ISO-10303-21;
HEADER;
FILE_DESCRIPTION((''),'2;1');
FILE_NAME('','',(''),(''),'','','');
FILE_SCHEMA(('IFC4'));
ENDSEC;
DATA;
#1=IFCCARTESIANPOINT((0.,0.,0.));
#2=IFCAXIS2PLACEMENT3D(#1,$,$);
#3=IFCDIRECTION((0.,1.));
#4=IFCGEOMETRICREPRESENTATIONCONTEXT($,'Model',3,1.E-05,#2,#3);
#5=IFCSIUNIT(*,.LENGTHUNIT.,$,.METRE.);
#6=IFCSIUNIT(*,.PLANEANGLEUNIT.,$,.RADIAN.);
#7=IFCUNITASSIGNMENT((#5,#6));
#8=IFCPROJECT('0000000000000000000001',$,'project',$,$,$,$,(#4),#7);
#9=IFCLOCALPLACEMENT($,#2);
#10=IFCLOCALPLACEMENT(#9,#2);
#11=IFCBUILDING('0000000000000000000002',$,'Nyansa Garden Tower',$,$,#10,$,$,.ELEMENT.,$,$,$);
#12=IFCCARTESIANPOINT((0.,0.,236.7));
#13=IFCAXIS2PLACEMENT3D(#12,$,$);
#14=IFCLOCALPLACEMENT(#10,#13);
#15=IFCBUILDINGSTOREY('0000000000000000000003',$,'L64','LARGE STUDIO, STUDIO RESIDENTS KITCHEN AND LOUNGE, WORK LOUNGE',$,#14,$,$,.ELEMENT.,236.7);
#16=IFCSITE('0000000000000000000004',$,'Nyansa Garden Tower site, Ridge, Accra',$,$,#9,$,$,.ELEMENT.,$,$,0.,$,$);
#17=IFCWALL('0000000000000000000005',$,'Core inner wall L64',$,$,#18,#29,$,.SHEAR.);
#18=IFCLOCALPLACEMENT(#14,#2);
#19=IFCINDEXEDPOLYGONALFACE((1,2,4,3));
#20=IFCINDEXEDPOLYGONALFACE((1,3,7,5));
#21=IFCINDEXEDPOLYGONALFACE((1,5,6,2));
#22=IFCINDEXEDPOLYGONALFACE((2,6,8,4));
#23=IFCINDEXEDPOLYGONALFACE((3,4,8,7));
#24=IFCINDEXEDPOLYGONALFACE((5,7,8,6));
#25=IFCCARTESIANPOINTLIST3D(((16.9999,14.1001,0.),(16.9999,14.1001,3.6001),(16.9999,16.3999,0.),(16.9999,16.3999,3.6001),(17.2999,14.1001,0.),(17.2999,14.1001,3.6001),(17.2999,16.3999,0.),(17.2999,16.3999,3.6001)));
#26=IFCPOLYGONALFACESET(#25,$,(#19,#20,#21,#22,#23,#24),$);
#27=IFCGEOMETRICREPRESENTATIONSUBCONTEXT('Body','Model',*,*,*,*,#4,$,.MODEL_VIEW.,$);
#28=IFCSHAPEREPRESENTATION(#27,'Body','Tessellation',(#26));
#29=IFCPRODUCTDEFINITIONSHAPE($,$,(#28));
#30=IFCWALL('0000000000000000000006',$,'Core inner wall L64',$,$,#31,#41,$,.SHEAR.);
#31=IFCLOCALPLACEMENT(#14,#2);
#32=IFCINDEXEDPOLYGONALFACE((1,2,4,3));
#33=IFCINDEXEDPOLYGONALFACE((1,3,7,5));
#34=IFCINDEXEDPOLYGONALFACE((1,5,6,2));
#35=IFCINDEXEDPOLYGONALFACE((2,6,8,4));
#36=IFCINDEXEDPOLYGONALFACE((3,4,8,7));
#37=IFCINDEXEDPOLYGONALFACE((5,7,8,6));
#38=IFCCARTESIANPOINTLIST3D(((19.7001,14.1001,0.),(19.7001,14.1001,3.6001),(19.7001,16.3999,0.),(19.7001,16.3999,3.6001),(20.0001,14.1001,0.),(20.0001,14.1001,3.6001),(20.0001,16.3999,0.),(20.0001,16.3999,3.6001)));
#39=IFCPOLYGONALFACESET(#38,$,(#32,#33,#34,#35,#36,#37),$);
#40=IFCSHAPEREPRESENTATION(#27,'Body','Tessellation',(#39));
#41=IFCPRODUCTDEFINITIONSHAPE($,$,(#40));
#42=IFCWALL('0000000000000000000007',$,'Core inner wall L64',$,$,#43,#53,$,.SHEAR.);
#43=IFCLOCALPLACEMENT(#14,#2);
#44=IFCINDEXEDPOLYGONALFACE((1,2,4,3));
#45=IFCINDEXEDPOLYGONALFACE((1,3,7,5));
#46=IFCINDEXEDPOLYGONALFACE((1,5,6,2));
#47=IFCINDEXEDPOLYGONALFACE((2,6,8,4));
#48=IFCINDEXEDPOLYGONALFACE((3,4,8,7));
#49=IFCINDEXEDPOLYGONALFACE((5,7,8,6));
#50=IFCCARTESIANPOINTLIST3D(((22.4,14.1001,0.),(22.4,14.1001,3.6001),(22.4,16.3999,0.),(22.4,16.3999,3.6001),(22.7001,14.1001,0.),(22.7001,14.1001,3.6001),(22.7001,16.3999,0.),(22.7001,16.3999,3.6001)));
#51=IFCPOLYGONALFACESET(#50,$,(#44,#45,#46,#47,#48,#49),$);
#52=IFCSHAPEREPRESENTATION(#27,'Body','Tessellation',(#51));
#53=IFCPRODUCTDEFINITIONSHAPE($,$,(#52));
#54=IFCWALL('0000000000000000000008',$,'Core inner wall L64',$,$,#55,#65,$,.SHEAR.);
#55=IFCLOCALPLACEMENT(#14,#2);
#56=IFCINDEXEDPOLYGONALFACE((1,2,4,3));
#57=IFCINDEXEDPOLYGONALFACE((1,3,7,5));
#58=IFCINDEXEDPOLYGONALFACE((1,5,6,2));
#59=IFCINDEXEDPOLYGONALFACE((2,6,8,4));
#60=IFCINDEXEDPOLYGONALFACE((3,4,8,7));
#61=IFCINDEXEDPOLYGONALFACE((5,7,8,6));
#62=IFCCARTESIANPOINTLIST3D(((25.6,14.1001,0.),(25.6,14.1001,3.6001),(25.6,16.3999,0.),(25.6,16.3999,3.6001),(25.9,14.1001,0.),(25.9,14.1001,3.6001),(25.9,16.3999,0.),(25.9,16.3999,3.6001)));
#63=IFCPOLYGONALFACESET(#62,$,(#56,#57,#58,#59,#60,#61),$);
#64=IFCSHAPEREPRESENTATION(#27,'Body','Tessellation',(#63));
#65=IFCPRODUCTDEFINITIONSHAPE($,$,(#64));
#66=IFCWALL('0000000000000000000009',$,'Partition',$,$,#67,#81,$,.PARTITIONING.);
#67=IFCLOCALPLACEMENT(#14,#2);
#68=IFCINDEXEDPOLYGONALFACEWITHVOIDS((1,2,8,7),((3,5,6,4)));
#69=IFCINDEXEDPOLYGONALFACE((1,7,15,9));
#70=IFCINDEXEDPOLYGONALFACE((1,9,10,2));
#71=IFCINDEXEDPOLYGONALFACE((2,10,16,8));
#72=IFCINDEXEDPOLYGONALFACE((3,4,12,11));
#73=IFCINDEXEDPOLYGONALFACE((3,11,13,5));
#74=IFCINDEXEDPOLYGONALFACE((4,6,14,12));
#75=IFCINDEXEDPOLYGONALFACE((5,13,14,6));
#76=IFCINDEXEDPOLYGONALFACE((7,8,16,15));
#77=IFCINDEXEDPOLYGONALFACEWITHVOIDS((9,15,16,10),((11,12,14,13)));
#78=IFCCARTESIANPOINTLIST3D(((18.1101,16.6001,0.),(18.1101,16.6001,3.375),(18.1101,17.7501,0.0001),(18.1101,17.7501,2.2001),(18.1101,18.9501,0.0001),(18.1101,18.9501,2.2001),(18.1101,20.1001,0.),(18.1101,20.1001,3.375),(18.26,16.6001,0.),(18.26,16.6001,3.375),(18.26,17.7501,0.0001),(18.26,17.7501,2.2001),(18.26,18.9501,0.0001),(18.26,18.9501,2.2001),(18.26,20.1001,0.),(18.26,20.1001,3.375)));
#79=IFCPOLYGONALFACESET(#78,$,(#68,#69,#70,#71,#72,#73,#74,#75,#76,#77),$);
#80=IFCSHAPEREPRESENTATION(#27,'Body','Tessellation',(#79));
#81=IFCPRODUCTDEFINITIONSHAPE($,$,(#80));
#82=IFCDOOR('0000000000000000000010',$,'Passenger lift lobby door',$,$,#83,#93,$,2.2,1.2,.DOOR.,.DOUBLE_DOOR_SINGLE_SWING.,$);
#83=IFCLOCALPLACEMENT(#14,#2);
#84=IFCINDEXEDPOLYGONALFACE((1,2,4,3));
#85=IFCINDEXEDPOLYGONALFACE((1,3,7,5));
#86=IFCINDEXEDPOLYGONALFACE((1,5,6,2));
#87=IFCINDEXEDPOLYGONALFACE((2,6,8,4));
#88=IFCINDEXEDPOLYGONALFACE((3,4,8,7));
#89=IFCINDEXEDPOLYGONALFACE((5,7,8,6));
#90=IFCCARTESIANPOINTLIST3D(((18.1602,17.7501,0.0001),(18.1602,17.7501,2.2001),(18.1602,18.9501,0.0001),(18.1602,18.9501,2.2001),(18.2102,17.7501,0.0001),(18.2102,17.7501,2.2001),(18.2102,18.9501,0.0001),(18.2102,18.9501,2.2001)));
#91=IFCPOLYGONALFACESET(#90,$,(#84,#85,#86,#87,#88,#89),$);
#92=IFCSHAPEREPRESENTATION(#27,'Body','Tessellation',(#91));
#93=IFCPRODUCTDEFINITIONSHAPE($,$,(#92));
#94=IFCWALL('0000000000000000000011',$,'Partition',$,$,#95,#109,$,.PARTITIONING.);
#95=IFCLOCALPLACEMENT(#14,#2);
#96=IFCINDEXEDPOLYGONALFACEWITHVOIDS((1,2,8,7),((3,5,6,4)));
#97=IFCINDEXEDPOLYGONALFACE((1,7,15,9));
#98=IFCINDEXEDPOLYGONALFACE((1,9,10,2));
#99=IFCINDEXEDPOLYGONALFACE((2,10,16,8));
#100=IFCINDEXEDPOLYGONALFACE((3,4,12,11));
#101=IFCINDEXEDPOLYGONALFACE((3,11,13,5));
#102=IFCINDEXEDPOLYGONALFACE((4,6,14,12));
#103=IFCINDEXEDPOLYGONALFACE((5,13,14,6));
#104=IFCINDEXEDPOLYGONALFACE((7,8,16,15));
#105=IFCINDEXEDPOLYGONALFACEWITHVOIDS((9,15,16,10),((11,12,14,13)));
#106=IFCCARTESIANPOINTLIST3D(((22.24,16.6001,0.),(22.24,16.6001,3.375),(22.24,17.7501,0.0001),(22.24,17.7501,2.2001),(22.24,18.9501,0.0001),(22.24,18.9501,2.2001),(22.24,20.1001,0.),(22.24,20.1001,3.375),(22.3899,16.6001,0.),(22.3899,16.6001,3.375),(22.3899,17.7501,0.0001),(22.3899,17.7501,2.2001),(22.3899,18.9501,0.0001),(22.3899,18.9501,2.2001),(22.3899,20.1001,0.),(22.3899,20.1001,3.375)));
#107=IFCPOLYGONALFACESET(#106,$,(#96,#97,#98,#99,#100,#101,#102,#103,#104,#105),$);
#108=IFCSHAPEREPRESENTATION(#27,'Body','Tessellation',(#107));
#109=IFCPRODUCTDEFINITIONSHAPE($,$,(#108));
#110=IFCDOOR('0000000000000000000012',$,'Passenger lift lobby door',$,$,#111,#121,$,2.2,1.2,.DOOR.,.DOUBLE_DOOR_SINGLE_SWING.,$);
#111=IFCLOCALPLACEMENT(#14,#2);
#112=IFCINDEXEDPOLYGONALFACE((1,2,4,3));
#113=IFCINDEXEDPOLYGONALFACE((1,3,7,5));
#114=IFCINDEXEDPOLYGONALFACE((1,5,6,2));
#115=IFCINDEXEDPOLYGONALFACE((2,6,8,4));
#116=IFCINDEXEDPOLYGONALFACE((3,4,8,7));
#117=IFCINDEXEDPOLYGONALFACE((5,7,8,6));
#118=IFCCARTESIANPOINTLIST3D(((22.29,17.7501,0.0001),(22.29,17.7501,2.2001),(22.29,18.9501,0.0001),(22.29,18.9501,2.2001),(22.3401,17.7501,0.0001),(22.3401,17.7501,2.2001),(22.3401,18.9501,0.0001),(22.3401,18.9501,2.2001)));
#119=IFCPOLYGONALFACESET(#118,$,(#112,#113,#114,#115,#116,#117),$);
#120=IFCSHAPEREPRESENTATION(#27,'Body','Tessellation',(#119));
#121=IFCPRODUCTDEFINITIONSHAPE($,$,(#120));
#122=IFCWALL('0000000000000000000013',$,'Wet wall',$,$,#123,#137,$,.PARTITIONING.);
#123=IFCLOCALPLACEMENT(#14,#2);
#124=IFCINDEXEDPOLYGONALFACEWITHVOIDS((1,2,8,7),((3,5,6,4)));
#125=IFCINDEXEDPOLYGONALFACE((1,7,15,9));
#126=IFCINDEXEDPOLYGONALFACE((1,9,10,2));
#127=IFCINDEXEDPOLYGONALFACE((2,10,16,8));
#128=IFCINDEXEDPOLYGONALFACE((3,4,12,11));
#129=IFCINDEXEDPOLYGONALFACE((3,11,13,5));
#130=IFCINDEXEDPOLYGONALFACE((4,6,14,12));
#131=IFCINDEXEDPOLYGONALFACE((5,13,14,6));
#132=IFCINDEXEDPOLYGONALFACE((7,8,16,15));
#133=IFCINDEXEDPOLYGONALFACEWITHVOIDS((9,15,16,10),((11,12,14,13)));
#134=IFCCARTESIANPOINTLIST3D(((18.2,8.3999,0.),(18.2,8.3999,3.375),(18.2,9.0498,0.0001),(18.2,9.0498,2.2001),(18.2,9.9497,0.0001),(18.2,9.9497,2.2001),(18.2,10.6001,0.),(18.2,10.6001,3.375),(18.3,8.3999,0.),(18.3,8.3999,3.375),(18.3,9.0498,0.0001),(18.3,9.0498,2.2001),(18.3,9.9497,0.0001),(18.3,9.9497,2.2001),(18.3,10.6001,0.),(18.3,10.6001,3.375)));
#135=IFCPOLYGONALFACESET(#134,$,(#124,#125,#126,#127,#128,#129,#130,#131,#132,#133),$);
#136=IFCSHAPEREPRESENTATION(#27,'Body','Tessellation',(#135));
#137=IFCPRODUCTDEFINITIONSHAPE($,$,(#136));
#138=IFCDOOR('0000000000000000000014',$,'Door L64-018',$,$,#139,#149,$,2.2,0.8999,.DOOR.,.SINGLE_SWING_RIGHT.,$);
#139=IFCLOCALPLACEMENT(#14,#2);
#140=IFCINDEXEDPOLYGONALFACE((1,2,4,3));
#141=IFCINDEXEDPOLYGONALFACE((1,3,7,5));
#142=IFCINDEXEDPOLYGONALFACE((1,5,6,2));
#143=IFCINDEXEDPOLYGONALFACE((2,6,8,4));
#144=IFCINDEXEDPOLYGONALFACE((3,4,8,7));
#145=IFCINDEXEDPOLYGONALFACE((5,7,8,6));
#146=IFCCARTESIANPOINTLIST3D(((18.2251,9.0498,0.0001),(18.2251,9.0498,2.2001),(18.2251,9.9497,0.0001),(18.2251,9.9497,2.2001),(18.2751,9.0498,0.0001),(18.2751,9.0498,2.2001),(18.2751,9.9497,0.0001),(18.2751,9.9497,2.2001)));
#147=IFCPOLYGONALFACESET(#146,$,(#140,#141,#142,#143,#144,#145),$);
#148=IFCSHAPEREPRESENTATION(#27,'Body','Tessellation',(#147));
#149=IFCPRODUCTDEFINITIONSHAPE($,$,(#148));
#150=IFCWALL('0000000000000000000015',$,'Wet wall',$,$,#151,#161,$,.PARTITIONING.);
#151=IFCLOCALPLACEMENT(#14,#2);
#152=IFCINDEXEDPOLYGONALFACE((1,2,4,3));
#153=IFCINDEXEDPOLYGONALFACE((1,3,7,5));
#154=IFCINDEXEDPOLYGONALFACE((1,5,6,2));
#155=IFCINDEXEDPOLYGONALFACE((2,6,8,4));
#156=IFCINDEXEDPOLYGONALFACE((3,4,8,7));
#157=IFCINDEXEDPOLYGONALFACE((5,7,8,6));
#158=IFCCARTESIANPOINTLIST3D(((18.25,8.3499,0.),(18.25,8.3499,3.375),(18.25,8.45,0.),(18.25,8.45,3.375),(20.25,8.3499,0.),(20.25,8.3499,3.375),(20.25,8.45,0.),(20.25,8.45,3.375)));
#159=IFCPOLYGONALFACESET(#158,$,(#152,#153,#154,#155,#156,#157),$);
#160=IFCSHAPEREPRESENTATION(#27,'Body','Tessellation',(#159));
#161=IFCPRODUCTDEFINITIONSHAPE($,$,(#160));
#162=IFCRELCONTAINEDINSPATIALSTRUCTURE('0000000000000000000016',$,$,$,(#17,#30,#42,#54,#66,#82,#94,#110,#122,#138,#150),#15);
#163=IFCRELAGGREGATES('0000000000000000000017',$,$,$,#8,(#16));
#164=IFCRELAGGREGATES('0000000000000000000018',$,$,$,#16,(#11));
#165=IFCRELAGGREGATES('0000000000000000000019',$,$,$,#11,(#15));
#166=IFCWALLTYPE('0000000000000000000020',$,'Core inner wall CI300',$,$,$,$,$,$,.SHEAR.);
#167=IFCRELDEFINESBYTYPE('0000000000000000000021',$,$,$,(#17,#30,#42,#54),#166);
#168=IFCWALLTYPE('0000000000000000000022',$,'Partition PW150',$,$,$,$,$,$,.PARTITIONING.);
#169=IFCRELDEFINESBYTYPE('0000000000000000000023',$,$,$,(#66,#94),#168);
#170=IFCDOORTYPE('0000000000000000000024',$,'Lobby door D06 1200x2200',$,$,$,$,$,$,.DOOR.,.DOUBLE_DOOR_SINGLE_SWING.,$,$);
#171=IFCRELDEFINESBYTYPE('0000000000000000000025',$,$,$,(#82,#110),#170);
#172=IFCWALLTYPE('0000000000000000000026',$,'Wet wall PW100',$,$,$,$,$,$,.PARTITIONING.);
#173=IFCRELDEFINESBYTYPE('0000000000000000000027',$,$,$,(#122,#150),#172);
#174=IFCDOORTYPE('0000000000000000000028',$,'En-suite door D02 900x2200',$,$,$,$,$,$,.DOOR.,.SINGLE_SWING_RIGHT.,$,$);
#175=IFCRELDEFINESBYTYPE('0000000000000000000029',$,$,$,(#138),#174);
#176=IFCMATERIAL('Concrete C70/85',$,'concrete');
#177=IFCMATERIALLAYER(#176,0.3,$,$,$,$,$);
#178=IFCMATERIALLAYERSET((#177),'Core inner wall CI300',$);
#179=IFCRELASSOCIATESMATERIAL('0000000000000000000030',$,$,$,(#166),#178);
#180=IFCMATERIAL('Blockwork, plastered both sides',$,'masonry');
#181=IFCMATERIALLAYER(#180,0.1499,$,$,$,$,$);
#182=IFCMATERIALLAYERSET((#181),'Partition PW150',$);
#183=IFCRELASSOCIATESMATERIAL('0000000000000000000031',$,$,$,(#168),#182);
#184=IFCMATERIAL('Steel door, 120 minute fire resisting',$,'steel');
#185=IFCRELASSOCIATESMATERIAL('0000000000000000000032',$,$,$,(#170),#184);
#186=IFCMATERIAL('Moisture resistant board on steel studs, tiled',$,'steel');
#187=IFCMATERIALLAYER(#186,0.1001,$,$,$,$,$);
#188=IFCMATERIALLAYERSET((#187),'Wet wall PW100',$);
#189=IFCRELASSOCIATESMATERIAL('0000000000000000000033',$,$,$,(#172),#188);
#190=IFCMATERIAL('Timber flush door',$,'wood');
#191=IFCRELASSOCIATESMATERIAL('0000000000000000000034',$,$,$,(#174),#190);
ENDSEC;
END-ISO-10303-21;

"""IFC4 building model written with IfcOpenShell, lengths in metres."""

from ifc_helpers import new_model, si_unit, direction, frame, frame_2d, origin, place, context, subcontext, project, spatial, rectangle, extrude, material, layer, layer_set, type_object, element, fill, save


model = new_model("IFC4")

# Units and contexts
model_context = context("Model", 3, precision=1e-05, world=origin(), true_north=direction((0.0, 1.0)))
body_context = subcontext(model_context, "Body", "Model", "MODEL_VIEW")
ifc_project = project(units=[si_unit("LENGTHUNIT", "METRE"), si_unit("PLANEANGLEUNIT", "RADIAN")], contexts=[model_context])

# Site, building, storey
site_placement = place(None, origin())
site = spatial("IfcSite", under=ifc_project, at=site_placement, Name="Nyansa Garden Tower site, Ridge, Accra", CompositionType="ELEMENT", RefElevation=0.0)
building_placement = place(site_placement, origin())
building = spatial("IfcBuilding", under=site, at=building_placement, Name="Nyansa Garden Tower", CompositionType="ELEMENT")
storey_placement = place(building_placement, frame((0.0, 0.0, 236.7)))
storey = spatial("IfcBuildingStorey", under=building, at=storey_placement, Name="L64", Description="LARGE STUDIO, STUDIO RESIDENTS KITCHEN AND LOUNGE, WORK LOUNGE", CompositionType="ELEMENT", Elevation=236.7)

# Walls
ifc_material_1 = material(Name="Concrete C70/85", Category="concrete")
ifc_layer_1 = layer(ifc_material_1, 0.3)
ifc_layer_set_1 = layer_set([ifc_layer_1], Name="Core inner wall CI300")
wall_type_1 = type_object("IfcWallType", Name="Core inner wall CI300", PredefinedType="SHEAR", material=ifc_layer_set_1)
for number, where, z_axis, x_axis, name in (
    (1, (17.1499, 14.1001, 0.0), (0.0, 0.0, 1.0), (0.0, 1.0, 0.0), "Core inner wall L64"),
    (2, (19.8501, 14.1001, 0.0), (0.0, 0.0, 1.0), (0.0, 1.0, 0.0), "Core inner wall L64"),
    (3, (22.55, 14.1001, 0.0), (0.0, 0.0, 1.0), (0.0, 1.0, 0.0), "Core inner wall L64"),
    (4, (25.75, 14.1001, 0.0), (0.0, 0.0, 1.0), (0.0, 1.0, 0.0), "Core inner wall L64"),
):
    element("IfcWall", number, at=place(storey_placement, frame(where, z_axis=z_axis, x_axis=x_axis)), inside=storey, type_object=wall_type_1, Name=name, PredefinedType="SHEAR", context=body_context, shape_type="SweptSolid", body=[
        extrude(rectangle(XDim=2.2998, YDim=0.3, at=frame_2d((1.1499, 0.0))), origin(), (0.0, 0.0, 1.0), 3.6001),
    ])

# Walls, openings, doors
ifc_material_2 = material(Name="Blockwork, plastered both sides", Category="masonry")
ifc_layer_2 = layer(ifc_material_2, 0.1499)
ifc_layer_set_2 = layer_set([ifc_layer_2], Name="Partition PW150")
wall_type_2 = type_object("IfcWallType", Name="Partition PW150", PredefinedType="PARTITIONING", material=ifc_layer_set_2)
wall_1_placement = place(storey_placement, frame((18.1851, 16.6001, 0.0), z_axis=(0.0, 0.0, 1.0), x_axis=(0.0, 1.0, 0.0)))
wall_1 = element("IfcWall", 5, at=wall_1_placement, inside=storey, type_object=wall_type_2, Name="Partition", PredefinedType="PARTITIONING", context=body_context, shape_type="SweptSolid", body=[
    extrude(rectangle(XDim=3.5, YDim=0.1499, at=frame_2d((1.75, 0.0))), origin(), (0.0, 0.0, 1.0), 3.375),
])
opening_1_placement = place(wall_1_placement, frame((1.1499, 0.0, 0.0)))
opening_1 = element("IfcOpeningElement", 6, at=opening_1_placement, cuts=wall_1, PredefinedType="OPENING", context=body_context, shape_type="SweptSolid", body=[
    extrude(rectangle(XDim=1.2, YDim=2.2, at=frame_2d((0.6001, 1.1001))), frame((0.0, 0.085, 0.0), z_axis=(0.0, -1.0, 0.0), x_axis=(1.0, 0.0, 0.0)), (0.0, 0.0, 1.0), 0.1699),
])
ifc_material_3 = material(Name="Steel door, 120 minute fire resisting", Category="steel")
door_type_1 = type_object("IfcDoorType", Name="Lobby door D06 1200x2200", OperationType="DOUBLE_DOOR_SINGLE_SWING", PredefinedType="DOOR", material=ifc_material_3)
door_1_placement = place(opening_1_placement, origin())
door_1 = element("IfcDoor", 7, at=door_1_placement, inside=storey, type_object=door_type_1, Name="Passenger lift lobby door", OperationType="DOUBLE_DOOR_SINGLE_SWING", OverallHeight=2.2, OverallWidth=1.2, PredefinedType="DOOR", context=body_context, shape_type="SweptSolid", body=[
    extrude(rectangle(XDim=1.2, YDim=2.2, at=frame_2d((0.6001, 1.1001))), frame((0.0, 0.0249, 0.0), z_axis=(0.0, -1.0, 0.0), x_axis=(1.0, 0.0, 0.0)), (0.0, 0.0, 1.0), 0.05),
])
fill(opening_1, door_1)
wall_2_placement = place(storey_placement, frame((22.3149, 16.6001, 0.0), z_axis=(0.0, 0.0, 1.0), x_axis=(0.0, 1.0, 0.0)))
wall_2 = element("IfcWall", 8, at=wall_2_placement, inside=storey, type_object=wall_type_2, Name="Partition", PredefinedType="PARTITIONING", context=body_context, shape_type="SweptSolid", body=[
    extrude(rectangle(XDim=3.5, YDim=0.1499, at=frame_2d((1.75, 0.0))), origin(), (0.0, 0.0, 1.0), 3.375),
])
opening_2_placement = place(wall_2_placement, frame((1.1499, 0.0, 0.0)))
opening_2 = element("IfcOpeningElement", 9, at=opening_2_placement, cuts=wall_2, PredefinedType="OPENING", context=body_context, shape_type="SweptSolid", body=[
    extrude(rectangle(XDim=1.2, YDim=2.2, at=frame_2d((0.6001, 1.1001))), frame((0.0, 0.085, 0.0), z_axis=(0.0, -1.0, 0.0), x_axis=(1.0, 0.0, 0.0)), (0.0, 0.0, 1.0), 0.1699),
])
door_2_placement = place(opening_2_placement, origin())
door_2 = element("IfcDoor", 10, at=door_2_placement, inside=storey, type_object=door_type_1, Name="Passenger lift lobby door", OperationType="DOUBLE_DOOR_SINGLE_SWING", OverallHeight=2.2, OverallWidth=1.2, PredefinedType="DOOR", context=body_context, shape_type="SweptSolid", body=[
    extrude(rectangle(XDim=1.2, YDim=2.2, at=frame_2d((0.6001, 1.1001))), frame((0.0, 0.0249, 0.0), z_axis=(0.0, -1.0, 0.0), x_axis=(1.0, 0.0, 0.0)), (0.0, 0.0, 1.0), 0.05),
])
fill(opening_2, door_2)
ifc_material_4 = material(Name="Moisture resistant board on steel studs, tiled", Category="steel")
ifc_layer_3 = layer(ifc_material_4, 0.1001)
ifc_layer_set_3 = layer_set([ifc_layer_3], Name="Wet wall PW100")
wall_type_3 = type_object("IfcWallType", Name="Wet wall PW100", PredefinedType="PARTITIONING", material=ifc_layer_set_3)
wall_3_placement = place(storey_placement, frame((18.25, 8.3999, 0.0), z_axis=(0.0, 0.0, 1.0), x_axis=(0.0, 1.0, 0.0)))
wall_3 = element("IfcWall", 11, at=wall_3_placement, inside=storey, type_object=wall_type_3, Name="Wet wall", PredefinedType="PARTITIONING", context=body_context, shape_type="SweptSolid", body=[
    extrude(rectangle(XDim=2.2002, YDim=0.1001, at=frame_2d((1.1001, 0.0))), origin(), (0.0, 0.0, 1.0), 3.375),
])
opening_3_placement = place(wall_3_placement, frame((0.6499, 0.0, 0.0)))
opening_3 = element("IfcOpeningElement", 12, at=opening_3_placement, cuts=wall_3, PredefinedType="OPENING", context=body_context, shape_type="SweptSolid", body=[
    extrude(rectangle(XDim=0.8999, YDim=2.2, at=frame_2d((0.45, 1.1001))), frame((0.0, 0.0601, 0.0), z_axis=(0.0, -1.0, 0.0), x_axis=(1.0, 0.0, 0.0)), (0.0, 0.0, 1.0), 0.1201),
])
ifc_material_5 = material(Name="Timber flush door", Category="wood")
door_type_2 = type_object("IfcDoorType", Name="En-suite door D02 900x2200", OperationType="SINGLE_SWING_RIGHT", PredefinedType="DOOR", material=ifc_material_5)
door_3_placement = place(opening_3_placement, origin())
door_3 = element("IfcDoor", 13, at=door_3_placement, inside=storey, type_object=door_type_2, Name="Door L64-018", OperationType="SINGLE_SWING_RIGHT", OverallHeight=2.2, OverallWidth=0.8999, PredefinedType="DOOR", context=body_context, shape_type="SweptSolid", body=[
    extrude(rectangle(XDim=0.8999, YDim=2.2, at=frame_2d((0.45, 1.1001))), frame((0.0, 0.0249, 0.0), z_axis=(0.0, -1.0, 0.0), x_axis=(1.0, 0.0, 0.0)), (0.0, 0.0, 1.0), 0.05),
])
fill(opening_3, door_3)

# Wall
wall_4_placement = place(storey_placement, frame((18.25, 8.3999, 0.0), z_axis=(0.0, 0.0, 1.0), x_axis=(1.0, 0.0, 0.0)))
element("IfcWall", 14, at=wall_4_placement, inside=storey, type_object=wall_type_3, Name="Wet wall", PredefinedType="PARTITIONING", context=body_context, shape_type="SweptSolid", body=[
    extrude(rectangle(XDim=2.0, YDim=0.1001, at=frame_2d((1.0, 0.0))), origin(), (0.0, 0.0, 1.0), 3.375),
])

save(model, "model.ifc")
